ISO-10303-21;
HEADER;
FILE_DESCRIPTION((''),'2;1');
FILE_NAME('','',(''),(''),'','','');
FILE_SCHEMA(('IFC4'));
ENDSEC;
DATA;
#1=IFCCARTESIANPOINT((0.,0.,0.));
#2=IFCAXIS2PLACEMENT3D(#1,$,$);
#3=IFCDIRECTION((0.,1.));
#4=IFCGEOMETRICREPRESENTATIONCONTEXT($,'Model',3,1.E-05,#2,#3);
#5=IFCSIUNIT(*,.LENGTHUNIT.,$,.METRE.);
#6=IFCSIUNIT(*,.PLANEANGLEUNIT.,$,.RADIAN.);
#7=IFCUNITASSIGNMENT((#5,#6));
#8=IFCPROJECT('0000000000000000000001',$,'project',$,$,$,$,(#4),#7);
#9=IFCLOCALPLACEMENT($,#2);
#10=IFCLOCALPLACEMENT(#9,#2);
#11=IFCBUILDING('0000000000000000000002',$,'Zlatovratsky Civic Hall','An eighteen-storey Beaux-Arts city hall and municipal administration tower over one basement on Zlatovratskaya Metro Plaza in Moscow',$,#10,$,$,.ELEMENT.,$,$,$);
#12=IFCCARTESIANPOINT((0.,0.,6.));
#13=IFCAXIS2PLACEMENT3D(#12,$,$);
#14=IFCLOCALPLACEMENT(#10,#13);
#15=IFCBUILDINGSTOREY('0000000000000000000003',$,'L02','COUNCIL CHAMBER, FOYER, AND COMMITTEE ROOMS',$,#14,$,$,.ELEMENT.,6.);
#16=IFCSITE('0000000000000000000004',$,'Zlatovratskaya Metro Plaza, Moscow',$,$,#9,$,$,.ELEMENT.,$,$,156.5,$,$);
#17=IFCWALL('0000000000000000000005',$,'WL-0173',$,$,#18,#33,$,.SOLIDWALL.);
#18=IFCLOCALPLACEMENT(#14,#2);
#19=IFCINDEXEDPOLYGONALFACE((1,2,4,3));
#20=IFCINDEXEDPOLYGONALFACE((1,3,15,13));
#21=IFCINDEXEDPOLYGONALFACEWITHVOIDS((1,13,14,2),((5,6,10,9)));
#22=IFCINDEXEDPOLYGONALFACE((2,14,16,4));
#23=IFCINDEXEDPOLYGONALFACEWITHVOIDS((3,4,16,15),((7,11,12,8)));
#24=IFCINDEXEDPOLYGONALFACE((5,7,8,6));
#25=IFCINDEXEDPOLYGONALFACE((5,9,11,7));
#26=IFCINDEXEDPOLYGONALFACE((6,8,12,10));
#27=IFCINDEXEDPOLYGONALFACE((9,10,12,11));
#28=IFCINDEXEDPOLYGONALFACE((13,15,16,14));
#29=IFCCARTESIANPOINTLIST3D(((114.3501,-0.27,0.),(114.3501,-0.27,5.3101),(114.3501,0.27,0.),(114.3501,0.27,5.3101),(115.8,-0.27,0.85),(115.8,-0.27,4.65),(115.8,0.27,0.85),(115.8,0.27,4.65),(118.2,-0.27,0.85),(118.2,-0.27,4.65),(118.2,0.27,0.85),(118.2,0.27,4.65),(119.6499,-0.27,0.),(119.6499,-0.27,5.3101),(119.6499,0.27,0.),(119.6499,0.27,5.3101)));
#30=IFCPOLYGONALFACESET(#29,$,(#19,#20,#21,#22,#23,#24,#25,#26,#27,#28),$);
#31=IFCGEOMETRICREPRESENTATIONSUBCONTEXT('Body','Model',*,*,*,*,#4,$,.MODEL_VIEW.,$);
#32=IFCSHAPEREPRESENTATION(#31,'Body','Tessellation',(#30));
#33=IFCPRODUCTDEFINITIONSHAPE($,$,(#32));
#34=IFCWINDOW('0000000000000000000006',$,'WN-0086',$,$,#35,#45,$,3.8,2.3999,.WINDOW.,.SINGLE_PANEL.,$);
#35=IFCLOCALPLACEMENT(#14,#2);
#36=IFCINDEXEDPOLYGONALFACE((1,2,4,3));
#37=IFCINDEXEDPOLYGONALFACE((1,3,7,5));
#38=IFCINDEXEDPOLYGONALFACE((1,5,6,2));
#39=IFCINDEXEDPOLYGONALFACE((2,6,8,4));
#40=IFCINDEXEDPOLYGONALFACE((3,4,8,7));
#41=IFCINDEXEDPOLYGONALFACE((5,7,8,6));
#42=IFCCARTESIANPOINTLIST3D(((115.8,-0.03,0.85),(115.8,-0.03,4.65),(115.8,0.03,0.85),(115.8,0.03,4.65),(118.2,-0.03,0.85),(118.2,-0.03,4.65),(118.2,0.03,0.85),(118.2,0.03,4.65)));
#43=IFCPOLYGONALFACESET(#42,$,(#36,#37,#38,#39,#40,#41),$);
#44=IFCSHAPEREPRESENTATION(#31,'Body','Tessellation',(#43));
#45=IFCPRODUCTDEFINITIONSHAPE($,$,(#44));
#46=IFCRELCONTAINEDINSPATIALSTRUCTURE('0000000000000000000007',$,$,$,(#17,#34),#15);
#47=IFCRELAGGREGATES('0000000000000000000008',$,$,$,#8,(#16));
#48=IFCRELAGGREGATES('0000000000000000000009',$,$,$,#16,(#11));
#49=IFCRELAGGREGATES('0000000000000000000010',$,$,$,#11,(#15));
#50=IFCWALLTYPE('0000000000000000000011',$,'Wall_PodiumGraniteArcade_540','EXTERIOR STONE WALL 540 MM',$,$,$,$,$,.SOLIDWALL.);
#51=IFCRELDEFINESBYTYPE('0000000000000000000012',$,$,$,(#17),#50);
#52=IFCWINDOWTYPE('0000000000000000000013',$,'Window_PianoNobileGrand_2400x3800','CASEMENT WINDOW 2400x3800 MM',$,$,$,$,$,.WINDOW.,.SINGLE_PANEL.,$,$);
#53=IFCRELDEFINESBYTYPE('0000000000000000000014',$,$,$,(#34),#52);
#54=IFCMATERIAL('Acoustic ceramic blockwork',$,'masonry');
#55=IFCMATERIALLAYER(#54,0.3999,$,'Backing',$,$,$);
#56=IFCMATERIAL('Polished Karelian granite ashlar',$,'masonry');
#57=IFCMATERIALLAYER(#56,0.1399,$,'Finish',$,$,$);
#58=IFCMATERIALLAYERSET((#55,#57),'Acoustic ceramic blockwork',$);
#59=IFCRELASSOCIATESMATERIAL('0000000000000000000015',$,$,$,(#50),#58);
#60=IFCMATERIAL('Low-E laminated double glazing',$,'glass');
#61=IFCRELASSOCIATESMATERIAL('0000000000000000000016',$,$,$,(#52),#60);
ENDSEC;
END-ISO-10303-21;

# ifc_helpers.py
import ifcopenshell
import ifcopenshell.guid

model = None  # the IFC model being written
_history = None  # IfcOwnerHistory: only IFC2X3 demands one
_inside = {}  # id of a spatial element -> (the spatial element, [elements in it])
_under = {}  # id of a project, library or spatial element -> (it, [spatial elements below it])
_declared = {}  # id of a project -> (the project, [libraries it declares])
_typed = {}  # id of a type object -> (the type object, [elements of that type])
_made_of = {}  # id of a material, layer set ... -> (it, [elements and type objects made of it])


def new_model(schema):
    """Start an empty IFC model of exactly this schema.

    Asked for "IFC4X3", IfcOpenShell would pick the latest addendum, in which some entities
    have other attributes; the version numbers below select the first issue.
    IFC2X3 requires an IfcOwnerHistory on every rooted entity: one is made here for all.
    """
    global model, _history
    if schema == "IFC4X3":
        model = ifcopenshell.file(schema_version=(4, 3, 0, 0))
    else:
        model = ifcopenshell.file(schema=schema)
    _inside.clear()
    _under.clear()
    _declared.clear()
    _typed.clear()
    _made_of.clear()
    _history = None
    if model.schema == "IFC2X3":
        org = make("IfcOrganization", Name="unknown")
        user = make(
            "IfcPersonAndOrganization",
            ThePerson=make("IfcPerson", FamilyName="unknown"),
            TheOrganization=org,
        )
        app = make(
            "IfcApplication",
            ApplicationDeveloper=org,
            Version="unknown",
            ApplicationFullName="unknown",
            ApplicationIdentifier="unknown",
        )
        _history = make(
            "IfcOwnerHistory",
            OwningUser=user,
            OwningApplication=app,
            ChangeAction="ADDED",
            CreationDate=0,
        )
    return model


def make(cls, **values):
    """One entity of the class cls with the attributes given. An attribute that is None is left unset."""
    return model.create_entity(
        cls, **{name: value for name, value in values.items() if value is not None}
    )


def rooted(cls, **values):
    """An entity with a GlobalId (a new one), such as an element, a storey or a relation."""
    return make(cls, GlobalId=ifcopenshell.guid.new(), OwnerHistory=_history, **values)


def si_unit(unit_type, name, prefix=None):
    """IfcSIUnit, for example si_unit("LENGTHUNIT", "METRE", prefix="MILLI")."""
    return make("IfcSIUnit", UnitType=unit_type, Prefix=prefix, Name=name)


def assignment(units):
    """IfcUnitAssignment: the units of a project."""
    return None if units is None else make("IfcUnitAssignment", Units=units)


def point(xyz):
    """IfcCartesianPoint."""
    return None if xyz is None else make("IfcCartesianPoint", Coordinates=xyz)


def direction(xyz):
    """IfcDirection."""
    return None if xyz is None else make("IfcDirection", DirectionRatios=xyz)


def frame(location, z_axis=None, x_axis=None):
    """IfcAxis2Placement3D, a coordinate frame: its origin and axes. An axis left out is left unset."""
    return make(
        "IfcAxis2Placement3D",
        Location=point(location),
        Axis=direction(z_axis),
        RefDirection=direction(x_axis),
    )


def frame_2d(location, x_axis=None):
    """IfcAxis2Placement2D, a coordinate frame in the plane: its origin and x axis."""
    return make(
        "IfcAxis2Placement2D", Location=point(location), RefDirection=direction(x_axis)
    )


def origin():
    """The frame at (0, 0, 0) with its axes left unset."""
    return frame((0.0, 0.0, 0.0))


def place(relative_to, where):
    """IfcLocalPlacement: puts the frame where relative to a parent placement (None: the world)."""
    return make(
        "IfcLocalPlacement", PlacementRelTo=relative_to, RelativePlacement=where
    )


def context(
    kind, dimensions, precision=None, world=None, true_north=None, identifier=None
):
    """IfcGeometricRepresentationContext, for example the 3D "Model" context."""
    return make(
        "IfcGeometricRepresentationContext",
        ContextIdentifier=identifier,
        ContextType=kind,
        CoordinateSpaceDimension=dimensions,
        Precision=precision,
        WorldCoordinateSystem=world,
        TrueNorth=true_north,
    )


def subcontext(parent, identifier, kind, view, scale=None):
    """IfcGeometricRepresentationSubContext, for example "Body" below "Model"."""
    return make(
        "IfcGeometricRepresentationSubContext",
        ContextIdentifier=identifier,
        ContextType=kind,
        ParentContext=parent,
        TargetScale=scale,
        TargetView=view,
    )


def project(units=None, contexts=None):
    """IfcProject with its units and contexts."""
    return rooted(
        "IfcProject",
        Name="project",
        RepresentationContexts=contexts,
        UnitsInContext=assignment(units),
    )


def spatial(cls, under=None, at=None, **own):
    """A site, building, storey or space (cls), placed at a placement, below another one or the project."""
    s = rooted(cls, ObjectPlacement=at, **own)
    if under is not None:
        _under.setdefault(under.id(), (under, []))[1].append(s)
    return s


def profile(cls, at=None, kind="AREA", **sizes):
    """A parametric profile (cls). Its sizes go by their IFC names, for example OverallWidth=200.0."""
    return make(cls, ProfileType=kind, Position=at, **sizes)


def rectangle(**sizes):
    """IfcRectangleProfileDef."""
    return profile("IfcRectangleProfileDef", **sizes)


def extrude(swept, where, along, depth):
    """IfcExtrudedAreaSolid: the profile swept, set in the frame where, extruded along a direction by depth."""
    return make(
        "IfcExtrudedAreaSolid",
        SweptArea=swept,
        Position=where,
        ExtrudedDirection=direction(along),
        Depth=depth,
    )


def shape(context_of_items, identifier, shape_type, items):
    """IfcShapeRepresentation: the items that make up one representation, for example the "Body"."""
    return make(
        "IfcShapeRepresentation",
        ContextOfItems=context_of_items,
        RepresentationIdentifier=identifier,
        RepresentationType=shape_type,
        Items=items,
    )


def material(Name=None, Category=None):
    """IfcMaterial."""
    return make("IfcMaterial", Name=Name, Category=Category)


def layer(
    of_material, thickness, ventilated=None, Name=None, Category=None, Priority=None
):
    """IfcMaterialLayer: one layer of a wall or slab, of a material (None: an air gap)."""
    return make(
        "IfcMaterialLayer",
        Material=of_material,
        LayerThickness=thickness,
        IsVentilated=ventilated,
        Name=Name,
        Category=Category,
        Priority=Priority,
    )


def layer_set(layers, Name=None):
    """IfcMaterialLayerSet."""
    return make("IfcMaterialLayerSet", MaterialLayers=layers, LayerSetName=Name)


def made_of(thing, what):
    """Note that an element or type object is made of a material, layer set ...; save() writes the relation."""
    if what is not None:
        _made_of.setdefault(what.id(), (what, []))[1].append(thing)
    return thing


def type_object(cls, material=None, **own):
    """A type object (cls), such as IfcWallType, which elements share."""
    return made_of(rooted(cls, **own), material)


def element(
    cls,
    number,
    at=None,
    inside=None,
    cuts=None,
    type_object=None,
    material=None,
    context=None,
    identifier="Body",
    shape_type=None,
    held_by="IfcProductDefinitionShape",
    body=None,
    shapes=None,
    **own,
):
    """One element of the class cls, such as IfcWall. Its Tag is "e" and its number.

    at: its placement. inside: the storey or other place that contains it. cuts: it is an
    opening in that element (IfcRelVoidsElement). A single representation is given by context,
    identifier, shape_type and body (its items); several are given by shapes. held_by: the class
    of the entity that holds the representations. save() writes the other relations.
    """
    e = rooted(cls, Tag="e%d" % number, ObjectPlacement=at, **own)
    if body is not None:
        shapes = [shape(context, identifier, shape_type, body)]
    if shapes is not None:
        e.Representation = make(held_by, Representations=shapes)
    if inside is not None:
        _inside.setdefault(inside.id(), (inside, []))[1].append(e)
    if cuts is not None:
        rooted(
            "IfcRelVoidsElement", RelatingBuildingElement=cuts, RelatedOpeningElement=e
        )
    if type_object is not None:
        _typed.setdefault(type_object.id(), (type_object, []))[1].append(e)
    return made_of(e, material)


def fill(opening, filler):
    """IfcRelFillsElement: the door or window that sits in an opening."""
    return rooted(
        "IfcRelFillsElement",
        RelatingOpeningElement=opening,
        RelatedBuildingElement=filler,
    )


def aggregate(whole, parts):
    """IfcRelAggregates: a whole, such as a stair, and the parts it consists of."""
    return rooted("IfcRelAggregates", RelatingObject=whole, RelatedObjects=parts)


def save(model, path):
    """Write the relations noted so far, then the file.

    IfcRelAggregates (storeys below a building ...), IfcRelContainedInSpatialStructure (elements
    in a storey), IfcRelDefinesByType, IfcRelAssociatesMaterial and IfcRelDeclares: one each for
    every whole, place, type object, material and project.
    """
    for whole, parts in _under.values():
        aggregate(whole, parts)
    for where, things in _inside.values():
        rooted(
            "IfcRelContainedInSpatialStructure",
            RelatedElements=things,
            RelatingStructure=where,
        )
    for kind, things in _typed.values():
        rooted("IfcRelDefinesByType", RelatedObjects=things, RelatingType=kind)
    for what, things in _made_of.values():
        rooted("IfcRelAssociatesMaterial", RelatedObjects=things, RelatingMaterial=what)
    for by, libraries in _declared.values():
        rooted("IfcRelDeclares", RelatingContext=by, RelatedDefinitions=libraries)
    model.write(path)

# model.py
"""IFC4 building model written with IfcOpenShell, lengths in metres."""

from ifc_helpers import new_model, si_unit, direction, frame, frame_2d, origin, place, context, subcontext, project, spatial, rectangle, extrude, material, layer, layer_set, type_object, element, fill, save


model = new_model("IFC4")

# Units and contexts
model_context = context("Model", 3, precision=1e-05, world=origin(), true_north=direction((0.0, 1.0)))
body_context = subcontext(model_context, "Body", "Model", "MODEL_VIEW")
ifc_project = project(units=[si_unit("LENGTHUNIT", "METRE"), si_unit("PLANEANGLEUNIT", "RADIAN")], contexts=[model_context])

# Site, building, storey
site_placement = place(None, origin())
site = spatial("IfcSite", under=ifc_project, at=site_placement, Name="Zlatovratskaya Metro Plaza, Moscow", CompositionType="ELEMENT", RefElevation=156.5)
building_placement = place(site_placement, origin())
building = spatial("IfcBuilding", under=site, at=building_placement, Name="Zlatovratsky Civic Hall", Description="An eighteen-storey Beaux-Arts city hall and municipal administration tower over one basement on Zlatovratskaya Metro Plaza in Moscow", CompositionType="ELEMENT")
storey_placement = place(building_placement, frame((0.0, 0.0, 6.0)))
storey = spatial("IfcBuildingStorey", under=building, at=storey_placement, Name="L02", Description="COUNCIL CHAMBER, FOYER, AND COMMITTEE ROOMS", CompositionType="ELEMENT", Elevation=6.0)

# Wall, opening, window
ifc_material_1 = material(Name="Acoustic ceramic blockwork", Category="masonry")
ifc_layer_1 = layer(ifc_material_1, 0.3999, Name="Backing")
ifc_material_2 = material(Name="Polished Karelian granite ashlar", Category="masonry")
ifc_layer_2 = layer(ifc_material_2, 0.1399, Name="Finish")
ifc_layer_set_1 = layer_set([ifc_layer_1, ifc_layer_2], Name="Acoustic ceramic blockwork")
wall_type = type_object("IfcWallType", Name="Wall_PodiumGraniteArcade_540", Description="EXTERIOR STONE WALL 540 MM", PredefinedType="SOLIDWALL", material=ifc_layer_set_1)
wall_placement = place(storey_placement, frame((114.3501, 0.0, 0.0), z_axis=(0.0, 0.0, 1.0), x_axis=(1.0, 0.0, 0.0)))
wall = element("IfcWall", 1, at=wall_placement, inside=storey, type_object=wall_type, Name="WL-0173", PredefinedType="SOLIDWALL", context=body_context, shape_type="SweptSolid", body=[
    extrude(rectangle(XDim=5.2998, YDim=0.54, at=frame_2d((2.6499, 0.0))), origin(), (0.0, 0.0, 1.0), 5.3101),
])
opening_placement = place(wall_placement, frame((1.45, 0.0, 0.8501)))
opening = element("IfcOpeningElement", 2, at=opening_placement, cuts=wall, PredefinedType="OPENING", context=body_context, shape_type="SweptSolid", body=[
    extrude(rectangle(XDim=2.3999, YDim=3.8, at=frame_2d((1.2, 1.8999))), frame((0.0, 0.2849, 0.0), z_axis=(0.0, -1.0, 0.0), x_axis=(1.0, 0.0, 0.0)), (0.0, 0.0, 1.0), 0.5698),
])
ifc_material_3 = material(Name="Low-E laminated double glazing", Category="glass")
window_type = type_object("IfcWindowType", Name="Window_PianoNobileGrand_2400x3800", Description="CASEMENT WINDOW 2400x3800 MM", PartitioningType="SINGLE_PANEL", PredefinedType="WINDOW", material=ifc_material_3)
window_placement = place(opening_placement, origin())
window = element("IfcWindow", 3, at=window_placement, inside=storey, type_object=window_type, Name="WN-0086", OverallHeight=3.8, OverallWidth=2.3999, PartitioningType="SINGLE_PANEL", PredefinedType="WINDOW", context=body_context, shape_type="SweptSolid", body=[
    extrude(rectangle(XDim=2.3999, YDim=3.8, at=frame_2d((1.2, 1.8999))), frame((0.0, 0.03, 0.0), z_axis=(0.0, -1.0, 0.0), x_axis=(1.0, 0.0, 0.0)), (0.0, 0.0, 1.0), 0.0601),
])
fill(opening, window)

save(model, "model.ifc")
